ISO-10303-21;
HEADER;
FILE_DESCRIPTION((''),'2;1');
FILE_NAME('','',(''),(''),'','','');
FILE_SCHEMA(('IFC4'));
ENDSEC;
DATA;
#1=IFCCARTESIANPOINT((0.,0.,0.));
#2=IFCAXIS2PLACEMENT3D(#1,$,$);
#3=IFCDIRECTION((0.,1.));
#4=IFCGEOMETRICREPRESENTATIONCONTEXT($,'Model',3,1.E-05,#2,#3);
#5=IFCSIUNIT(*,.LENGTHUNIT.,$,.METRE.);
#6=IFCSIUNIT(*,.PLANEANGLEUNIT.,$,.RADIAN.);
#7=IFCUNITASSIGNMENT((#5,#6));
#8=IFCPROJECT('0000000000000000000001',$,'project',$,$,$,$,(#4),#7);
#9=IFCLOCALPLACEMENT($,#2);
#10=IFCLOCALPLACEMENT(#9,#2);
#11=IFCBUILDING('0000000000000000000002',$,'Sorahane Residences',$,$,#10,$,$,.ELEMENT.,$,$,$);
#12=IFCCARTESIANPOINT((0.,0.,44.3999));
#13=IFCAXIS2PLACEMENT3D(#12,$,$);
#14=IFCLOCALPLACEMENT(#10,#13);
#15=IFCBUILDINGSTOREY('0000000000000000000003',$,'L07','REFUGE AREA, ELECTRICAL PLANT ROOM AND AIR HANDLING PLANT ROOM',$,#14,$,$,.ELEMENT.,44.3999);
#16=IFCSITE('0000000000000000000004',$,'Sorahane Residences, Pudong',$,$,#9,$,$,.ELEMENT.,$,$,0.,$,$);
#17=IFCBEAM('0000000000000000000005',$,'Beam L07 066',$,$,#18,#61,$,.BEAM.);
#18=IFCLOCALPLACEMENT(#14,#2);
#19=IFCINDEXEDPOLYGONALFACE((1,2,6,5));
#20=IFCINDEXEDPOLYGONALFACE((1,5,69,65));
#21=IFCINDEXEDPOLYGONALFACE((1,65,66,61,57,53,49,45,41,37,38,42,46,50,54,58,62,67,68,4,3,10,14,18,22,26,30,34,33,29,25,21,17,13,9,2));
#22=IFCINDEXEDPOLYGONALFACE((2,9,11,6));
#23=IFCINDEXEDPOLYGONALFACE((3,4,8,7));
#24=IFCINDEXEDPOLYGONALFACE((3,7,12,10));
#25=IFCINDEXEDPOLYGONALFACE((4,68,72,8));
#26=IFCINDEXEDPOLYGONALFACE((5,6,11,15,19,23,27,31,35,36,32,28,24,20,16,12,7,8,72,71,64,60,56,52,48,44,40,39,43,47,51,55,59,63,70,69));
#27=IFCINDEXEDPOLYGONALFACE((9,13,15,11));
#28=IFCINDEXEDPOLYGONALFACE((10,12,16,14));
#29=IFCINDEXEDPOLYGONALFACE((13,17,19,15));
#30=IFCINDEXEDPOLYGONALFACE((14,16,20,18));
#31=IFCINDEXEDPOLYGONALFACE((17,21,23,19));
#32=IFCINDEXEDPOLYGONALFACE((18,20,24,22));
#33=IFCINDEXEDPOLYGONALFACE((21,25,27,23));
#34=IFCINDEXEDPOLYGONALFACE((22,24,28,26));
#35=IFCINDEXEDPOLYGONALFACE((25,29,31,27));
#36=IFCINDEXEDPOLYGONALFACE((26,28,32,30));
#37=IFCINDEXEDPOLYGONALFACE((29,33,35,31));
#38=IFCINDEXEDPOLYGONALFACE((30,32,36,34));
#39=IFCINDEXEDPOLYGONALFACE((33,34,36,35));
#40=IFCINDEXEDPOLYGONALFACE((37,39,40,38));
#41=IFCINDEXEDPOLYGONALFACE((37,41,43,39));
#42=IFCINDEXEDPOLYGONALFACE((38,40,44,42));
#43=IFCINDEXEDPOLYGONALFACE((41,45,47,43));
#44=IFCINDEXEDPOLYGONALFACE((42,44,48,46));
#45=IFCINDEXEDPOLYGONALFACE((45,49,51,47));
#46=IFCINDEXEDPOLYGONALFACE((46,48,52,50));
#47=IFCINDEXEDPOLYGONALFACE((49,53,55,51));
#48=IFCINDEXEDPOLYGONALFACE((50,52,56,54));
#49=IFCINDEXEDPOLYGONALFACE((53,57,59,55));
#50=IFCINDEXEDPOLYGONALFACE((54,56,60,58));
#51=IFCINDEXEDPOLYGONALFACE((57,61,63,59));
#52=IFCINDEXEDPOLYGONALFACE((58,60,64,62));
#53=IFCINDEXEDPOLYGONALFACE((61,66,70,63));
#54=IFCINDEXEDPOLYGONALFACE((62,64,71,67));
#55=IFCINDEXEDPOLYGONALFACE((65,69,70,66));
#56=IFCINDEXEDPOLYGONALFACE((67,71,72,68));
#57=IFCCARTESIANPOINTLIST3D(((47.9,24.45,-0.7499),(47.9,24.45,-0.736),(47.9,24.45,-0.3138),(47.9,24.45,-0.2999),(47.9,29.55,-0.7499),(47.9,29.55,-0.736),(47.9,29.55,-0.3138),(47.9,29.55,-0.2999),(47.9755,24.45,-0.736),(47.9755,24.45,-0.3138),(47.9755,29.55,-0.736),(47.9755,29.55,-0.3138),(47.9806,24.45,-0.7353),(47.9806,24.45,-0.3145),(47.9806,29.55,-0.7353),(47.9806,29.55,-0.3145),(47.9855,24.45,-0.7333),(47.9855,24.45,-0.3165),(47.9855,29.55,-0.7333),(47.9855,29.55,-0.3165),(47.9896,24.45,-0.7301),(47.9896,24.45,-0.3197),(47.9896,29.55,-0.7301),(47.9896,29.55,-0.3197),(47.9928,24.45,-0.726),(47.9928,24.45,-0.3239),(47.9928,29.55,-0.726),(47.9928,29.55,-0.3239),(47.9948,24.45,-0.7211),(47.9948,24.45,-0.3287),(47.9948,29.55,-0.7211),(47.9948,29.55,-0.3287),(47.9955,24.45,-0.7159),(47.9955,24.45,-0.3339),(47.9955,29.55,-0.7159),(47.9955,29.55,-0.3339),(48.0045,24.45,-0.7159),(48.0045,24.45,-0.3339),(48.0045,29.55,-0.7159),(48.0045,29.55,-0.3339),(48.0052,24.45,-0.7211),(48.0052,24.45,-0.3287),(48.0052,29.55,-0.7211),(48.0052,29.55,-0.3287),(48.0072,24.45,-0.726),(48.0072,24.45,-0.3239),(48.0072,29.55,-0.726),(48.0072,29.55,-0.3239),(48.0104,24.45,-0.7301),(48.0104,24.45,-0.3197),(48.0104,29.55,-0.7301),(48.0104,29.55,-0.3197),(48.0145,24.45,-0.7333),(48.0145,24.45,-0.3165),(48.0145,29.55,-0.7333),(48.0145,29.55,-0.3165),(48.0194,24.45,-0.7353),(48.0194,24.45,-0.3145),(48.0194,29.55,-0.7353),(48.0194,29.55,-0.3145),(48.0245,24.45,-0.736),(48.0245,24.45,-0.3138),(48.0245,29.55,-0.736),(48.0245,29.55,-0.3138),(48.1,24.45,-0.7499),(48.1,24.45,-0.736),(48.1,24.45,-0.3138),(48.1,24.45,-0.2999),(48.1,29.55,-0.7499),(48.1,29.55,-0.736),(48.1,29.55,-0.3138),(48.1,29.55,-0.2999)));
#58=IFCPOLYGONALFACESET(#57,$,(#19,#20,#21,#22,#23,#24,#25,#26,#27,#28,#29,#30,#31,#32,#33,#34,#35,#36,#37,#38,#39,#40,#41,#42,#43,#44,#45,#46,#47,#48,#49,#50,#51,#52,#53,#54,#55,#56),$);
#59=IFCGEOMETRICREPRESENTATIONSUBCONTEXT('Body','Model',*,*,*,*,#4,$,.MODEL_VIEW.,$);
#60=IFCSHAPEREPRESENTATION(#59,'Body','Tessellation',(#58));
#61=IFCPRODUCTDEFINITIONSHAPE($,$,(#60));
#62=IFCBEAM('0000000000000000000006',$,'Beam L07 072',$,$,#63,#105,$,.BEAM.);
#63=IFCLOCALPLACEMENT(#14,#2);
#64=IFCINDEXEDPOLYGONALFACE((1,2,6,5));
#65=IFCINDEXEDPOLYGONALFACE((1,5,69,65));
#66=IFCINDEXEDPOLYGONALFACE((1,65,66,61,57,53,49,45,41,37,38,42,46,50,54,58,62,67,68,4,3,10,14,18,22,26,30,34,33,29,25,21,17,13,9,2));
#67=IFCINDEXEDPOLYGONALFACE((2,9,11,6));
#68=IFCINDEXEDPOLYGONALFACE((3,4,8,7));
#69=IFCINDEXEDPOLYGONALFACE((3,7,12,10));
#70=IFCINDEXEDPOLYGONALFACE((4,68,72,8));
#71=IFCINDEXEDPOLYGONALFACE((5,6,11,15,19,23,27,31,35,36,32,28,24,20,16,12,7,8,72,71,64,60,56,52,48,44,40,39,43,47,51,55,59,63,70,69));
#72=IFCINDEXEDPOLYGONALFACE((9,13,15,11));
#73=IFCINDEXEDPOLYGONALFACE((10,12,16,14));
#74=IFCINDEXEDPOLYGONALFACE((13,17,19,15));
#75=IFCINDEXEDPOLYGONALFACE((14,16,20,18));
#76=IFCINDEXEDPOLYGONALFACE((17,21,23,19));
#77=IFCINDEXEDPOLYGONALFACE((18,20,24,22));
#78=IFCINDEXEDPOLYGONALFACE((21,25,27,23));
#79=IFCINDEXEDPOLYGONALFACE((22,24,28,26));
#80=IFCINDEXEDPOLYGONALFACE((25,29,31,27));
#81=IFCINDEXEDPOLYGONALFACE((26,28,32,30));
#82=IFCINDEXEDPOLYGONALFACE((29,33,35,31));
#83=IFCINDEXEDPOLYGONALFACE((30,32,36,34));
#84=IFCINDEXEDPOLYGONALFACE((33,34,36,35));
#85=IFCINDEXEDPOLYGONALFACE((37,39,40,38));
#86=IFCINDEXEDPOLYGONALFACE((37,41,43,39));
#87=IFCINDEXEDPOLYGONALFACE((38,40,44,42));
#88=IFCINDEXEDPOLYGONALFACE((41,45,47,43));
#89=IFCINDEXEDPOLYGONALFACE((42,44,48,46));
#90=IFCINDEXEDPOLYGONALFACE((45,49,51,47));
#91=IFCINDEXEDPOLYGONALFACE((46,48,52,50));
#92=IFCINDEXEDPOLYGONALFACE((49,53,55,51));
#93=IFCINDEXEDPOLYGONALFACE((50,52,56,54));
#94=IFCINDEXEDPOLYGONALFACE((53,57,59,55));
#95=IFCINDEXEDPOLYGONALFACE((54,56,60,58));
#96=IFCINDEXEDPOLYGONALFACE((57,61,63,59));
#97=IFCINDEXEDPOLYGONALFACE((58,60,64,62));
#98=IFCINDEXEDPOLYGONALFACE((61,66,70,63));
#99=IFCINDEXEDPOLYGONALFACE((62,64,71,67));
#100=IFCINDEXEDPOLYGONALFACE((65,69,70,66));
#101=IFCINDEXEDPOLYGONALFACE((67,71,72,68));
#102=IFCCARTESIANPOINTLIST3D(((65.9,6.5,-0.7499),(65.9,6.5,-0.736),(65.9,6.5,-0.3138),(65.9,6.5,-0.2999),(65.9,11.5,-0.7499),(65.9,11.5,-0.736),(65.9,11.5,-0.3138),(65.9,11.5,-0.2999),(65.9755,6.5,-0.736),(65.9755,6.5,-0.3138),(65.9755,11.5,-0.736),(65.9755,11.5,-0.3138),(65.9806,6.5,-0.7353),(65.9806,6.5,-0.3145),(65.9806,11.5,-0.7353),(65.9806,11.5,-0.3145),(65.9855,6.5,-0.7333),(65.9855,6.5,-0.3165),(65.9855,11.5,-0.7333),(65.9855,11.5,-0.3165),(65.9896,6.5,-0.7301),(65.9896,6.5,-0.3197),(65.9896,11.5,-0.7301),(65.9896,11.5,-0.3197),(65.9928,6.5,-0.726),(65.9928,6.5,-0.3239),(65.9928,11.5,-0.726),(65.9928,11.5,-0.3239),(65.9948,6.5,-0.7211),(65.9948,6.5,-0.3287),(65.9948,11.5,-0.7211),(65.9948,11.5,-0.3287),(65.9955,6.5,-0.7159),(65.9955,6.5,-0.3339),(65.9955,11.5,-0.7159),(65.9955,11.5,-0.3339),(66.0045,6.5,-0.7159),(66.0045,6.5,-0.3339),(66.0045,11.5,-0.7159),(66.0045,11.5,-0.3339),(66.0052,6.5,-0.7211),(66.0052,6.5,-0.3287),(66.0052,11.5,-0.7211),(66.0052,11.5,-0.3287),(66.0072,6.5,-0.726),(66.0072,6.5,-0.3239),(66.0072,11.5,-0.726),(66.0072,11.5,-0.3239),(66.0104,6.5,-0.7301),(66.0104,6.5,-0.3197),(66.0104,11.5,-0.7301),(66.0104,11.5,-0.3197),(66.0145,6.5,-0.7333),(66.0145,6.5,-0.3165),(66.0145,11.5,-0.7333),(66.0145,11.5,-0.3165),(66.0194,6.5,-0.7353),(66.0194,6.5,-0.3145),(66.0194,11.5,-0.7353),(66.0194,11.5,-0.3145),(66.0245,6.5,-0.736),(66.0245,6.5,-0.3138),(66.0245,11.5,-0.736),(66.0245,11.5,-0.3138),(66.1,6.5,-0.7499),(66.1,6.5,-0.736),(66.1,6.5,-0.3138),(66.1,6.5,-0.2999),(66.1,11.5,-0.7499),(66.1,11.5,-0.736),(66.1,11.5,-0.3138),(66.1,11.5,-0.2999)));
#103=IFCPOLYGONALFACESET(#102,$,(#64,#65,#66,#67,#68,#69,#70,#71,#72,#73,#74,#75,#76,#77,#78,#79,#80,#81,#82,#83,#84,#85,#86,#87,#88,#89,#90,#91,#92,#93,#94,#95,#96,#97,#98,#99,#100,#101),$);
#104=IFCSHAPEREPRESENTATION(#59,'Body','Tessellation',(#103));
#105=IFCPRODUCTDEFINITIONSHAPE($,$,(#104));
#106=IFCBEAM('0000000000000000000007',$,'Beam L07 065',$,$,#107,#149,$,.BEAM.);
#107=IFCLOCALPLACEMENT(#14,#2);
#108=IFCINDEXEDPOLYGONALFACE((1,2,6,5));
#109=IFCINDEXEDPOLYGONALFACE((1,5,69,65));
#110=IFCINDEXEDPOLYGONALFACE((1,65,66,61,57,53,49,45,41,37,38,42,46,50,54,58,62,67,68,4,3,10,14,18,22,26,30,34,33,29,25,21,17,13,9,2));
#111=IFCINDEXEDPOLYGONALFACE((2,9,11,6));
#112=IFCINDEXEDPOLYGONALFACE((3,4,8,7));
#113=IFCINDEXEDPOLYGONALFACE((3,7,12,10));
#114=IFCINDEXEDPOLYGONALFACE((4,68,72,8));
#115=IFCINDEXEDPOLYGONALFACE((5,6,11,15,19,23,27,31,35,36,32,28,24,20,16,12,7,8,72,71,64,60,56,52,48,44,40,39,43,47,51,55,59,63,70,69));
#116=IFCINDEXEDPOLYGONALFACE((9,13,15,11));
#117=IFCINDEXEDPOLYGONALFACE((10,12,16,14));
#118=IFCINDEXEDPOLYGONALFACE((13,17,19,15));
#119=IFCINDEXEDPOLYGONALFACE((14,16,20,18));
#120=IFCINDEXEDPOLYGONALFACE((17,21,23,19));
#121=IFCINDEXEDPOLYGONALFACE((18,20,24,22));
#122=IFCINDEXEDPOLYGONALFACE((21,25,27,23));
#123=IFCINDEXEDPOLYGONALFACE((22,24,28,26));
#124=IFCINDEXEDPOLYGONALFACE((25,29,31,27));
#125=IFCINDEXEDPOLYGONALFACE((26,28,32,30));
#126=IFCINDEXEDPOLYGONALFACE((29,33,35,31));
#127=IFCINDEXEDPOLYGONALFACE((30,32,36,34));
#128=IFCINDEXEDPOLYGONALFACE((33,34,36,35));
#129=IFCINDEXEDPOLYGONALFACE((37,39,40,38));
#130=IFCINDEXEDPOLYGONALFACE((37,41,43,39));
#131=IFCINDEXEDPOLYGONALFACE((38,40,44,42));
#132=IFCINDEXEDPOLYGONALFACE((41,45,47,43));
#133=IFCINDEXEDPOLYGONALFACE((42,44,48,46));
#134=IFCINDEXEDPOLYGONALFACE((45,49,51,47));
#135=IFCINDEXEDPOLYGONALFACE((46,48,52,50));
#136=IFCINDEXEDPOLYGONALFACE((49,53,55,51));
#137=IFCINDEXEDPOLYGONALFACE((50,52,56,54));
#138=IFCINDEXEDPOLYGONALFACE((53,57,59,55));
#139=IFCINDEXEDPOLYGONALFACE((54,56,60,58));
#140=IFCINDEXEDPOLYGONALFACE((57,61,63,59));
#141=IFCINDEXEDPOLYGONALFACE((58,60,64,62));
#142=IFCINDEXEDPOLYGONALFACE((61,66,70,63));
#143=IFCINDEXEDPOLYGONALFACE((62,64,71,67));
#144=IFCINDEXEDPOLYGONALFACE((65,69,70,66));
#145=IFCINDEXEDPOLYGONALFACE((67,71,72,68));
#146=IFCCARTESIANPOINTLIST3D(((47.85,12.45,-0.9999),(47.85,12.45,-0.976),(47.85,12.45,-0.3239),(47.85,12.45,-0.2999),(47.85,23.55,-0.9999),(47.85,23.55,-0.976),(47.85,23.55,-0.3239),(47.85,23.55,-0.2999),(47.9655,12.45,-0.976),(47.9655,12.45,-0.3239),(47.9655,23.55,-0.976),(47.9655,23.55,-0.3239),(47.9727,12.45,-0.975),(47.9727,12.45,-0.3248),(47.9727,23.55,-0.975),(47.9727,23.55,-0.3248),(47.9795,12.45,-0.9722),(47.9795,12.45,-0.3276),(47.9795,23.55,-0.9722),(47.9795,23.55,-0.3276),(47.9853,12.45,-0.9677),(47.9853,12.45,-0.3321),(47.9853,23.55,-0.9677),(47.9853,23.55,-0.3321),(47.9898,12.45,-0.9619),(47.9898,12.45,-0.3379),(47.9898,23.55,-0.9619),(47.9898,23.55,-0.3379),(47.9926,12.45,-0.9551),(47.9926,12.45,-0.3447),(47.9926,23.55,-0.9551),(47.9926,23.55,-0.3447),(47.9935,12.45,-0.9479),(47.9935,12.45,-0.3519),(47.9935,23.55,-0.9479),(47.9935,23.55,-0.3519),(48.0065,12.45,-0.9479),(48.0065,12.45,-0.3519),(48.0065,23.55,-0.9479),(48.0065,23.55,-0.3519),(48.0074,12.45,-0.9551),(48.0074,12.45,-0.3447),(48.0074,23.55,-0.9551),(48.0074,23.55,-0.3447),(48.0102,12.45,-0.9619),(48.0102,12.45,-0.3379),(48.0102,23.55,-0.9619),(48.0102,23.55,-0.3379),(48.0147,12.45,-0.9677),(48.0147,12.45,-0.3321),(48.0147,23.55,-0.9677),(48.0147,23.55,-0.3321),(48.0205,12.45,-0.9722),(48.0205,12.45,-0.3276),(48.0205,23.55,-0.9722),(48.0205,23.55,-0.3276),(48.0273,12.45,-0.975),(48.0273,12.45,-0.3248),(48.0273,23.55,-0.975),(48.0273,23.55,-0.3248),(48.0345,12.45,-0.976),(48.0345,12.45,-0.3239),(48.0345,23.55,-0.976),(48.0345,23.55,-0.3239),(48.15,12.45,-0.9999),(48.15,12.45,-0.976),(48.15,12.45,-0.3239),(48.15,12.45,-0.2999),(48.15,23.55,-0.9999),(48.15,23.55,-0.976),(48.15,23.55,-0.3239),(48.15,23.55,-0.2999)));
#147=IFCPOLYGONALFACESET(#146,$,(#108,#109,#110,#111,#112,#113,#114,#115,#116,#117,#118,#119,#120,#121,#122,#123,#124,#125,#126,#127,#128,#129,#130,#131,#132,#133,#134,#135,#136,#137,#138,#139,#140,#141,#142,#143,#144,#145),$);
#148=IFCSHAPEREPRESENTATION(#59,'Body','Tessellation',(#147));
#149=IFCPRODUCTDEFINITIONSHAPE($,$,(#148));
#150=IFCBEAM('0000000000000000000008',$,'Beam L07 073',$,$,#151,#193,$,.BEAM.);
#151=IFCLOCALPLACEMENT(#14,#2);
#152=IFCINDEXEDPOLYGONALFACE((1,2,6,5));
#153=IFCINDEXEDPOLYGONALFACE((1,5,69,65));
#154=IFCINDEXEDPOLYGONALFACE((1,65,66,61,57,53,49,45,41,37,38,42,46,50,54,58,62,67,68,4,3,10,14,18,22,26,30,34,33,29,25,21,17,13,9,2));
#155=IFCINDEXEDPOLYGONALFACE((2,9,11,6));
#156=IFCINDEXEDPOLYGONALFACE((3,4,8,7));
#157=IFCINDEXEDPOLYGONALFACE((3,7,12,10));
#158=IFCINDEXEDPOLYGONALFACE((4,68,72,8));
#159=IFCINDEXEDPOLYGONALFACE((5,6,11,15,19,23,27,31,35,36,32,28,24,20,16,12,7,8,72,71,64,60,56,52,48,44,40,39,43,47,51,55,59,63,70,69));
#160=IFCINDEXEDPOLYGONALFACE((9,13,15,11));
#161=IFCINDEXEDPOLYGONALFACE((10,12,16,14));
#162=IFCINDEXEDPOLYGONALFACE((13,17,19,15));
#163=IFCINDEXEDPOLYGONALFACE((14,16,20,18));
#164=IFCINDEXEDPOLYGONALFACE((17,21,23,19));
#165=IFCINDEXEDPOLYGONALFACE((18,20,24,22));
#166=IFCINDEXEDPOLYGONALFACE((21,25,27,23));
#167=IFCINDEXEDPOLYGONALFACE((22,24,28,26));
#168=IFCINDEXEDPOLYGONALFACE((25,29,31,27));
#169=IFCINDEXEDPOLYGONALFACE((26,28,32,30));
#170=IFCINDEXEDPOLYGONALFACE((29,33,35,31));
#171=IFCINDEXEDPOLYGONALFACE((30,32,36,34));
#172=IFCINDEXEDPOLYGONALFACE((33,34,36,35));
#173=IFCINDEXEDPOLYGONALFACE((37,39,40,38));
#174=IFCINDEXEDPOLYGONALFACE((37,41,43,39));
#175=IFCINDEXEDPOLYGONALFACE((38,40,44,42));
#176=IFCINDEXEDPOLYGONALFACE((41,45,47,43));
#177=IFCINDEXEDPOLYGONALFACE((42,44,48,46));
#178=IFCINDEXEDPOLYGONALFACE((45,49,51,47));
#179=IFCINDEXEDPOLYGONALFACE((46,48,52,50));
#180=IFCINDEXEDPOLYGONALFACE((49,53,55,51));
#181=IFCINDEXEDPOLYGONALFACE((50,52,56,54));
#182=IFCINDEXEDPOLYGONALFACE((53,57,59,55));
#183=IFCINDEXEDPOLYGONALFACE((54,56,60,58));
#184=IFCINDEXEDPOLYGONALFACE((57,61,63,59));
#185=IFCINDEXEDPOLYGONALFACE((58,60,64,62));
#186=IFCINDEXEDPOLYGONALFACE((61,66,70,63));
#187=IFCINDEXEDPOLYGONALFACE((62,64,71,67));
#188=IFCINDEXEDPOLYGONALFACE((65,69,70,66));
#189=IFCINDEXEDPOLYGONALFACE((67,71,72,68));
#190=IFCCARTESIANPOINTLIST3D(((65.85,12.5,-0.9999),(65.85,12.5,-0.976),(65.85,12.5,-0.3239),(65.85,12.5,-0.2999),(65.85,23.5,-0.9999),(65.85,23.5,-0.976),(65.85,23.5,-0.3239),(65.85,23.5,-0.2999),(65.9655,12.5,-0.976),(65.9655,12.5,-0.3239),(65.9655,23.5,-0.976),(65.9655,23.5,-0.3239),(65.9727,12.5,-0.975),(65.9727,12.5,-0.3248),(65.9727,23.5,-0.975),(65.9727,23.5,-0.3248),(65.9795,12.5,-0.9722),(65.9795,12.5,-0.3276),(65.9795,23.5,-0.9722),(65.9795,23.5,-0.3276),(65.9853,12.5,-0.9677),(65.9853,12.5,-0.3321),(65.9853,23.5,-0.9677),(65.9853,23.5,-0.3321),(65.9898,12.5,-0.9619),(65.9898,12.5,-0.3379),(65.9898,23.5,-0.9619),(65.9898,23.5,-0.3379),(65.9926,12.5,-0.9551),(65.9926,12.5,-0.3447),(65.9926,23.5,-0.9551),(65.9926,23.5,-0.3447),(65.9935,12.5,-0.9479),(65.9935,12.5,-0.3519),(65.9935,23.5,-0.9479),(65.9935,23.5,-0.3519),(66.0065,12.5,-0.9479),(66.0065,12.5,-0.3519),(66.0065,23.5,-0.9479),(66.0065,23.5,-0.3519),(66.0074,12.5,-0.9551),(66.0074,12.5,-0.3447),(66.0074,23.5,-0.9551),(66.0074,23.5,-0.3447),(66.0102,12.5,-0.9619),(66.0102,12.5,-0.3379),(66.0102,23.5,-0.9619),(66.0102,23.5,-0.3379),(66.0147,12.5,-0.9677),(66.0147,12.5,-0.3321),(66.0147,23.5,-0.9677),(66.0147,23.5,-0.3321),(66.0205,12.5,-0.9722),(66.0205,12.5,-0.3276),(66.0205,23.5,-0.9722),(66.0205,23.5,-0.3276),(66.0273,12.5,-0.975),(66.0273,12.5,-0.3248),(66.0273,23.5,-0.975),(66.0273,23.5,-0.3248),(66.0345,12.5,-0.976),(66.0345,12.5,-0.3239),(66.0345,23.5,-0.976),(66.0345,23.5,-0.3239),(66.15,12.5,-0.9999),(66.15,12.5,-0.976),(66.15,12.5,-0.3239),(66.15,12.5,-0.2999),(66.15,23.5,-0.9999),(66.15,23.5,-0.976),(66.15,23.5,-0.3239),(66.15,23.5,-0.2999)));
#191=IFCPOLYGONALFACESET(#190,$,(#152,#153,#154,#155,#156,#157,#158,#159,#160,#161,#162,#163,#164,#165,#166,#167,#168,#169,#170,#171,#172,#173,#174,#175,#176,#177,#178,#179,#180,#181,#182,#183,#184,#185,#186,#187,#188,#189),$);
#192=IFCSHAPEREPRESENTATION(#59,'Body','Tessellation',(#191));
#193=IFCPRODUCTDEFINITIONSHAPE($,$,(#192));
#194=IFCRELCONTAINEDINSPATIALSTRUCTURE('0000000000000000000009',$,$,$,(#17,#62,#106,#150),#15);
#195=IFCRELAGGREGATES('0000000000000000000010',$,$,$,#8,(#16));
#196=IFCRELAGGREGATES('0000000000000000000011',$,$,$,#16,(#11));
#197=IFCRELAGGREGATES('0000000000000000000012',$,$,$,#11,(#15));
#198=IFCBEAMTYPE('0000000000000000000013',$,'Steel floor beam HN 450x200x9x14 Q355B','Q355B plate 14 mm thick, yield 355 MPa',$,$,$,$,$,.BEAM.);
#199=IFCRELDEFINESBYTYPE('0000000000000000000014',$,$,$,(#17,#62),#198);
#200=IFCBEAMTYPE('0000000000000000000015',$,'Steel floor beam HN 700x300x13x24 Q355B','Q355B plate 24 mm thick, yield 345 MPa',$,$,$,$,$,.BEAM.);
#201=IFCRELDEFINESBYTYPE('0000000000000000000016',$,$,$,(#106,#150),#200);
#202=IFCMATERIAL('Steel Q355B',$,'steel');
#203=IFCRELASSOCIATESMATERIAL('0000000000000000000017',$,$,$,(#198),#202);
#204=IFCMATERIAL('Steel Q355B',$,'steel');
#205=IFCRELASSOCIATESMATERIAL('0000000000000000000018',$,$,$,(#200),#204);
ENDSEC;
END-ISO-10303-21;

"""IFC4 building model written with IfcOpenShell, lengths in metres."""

from ifc_helpers import new_model, si_unit, direction, frame, origin, origin_2d, place, context, subcontext, project, spatial, i_section, extrude, material, material_profile, profile_set, type_object, element, save


model = new_model("IFC4")

# Units and contexts
model_context = context("Model", 3, precision=1e-05, world=origin(), true_north=direction((0.0, 1.0)))
body_context = subcontext(model_context, "Body", "Model", "MODEL_VIEW")
ifc_project = project(units=[si_unit("LENGTHUNIT", "METRE"), si_unit("PLANEANGLEUNIT", "RADIAN")], contexts=[model_context])

# Site, building, storey
site_placement = place(None, origin())
site = spatial("IfcSite", under=ifc_project, at=site_placement, Name="Sorahane Residences, Pudong", CompositionType="ELEMENT", RefElevation=0.0)
building_placement = place(site_placement, origin())
building = spatial("IfcBuilding", under=site, at=building_placement, Name="Sorahane Residences", CompositionType="ELEMENT")
storey_placement = place(building_placement, frame((0.0, 0.0, 44.3999)))
storey = spatial("IfcBuildingStorey", under=building, at=storey_placement, Name="L07", Description="REFUGE AREA, ELECTRICAL PLANT ROOM AND AIR HANDLING PLANT ROOM", CompositionType="ELEMENT", Elevation=44.3999)

# Beams
ifc_material_1 = material(Name="Steel Q355B", Category="steel")
ifc_material_profile_1 = material_profile(ifc_material_1, i_section(OverallWidth=0.2, OverallDepth=0.45, WebThickness=0.009, FlangeThickness=0.0139, FilletRadius=0.02, at=origin_2d()), Name="HN 450x200x9x14")
ifc_profile_set_1 = profile_set([ifc_material_profile_1], Name="Steel Q355B")
beam_type_1 = type_object("IfcBeamType", Name="Steel floor beam HN 450x200x9x14 Q355B", Description="Q355B plate 14 mm thick, yield 355 MPa", PredefinedType="BEAM", material=ifc_profile_set_1)
beam_1_placement = place(storey_placement, frame((48.0, 24.45, -0.5249), z_axis=(0.0, 1.0, 0.0), x_axis=(-1.0, 0.0, 0.0)))
element("IfcBeam", 1, at=beam_1_placement, inside=storey, type_object=beam_type_1, Name="Beam L07 066", PredefinedType="BEAM", context=body_context, shape_type="SweptSolid", body=[
    extrude(i_section(OverallWidth=0.2, OverallDepth=0.45, WebThickness=0.009, FlangeThickness=0.0139, FilletRadius=0.02, at=origin_2d()), origin(), (0.0, 0.0, 1.0), 5.1001),
])
beam_2_placement = place(storey_placement, frame((66.0, 6.5, -0.5249), z_axis=(0.0, 1.0, 0.0), x_axis=(-1.0, 0.0, 0.0)))
element("IfcBeam", 2, at=beam_2_placement, inside=storey, type_object=beam_type_1, Name="Beam L07 072", PredefinedType="BEAM", context=body_context, shape_type="SweptSolid", body=[
    extrude(i_section(OverallWidth=0.2, OverallDepth=0.45, WebThickness=0.009, FlangeThickness=0.0139, FilletRadius=0.02, at=origin_2d()), origin(), (0.0, 0.0, 1.0), 5.0),
])
ifc_material_2 = material(Name="Steel Q355B", Category="steel")
ifc_material_profile_2 = material_profile(ifc_material_2, i_section(OverallWidth=0.3, OverallDepth=0.7, WebThickness=0.0129, FlangeThickness=0.0239, FilletRadius=0.0281, at=origin_2d()), Name="HN 700x300x13x24")
ifc_profile_set_2 = profile_set([ifc_material_profile_2], Name="Steel Q355B")
beam_type_2 = type_object("IfcBeamType", Name="Steel floor beam HN 700x300x13x24 Q355B", Description="Q355B plate 24 mm thick, yield 345 MPa", PredefinedType="BEAM", material=ifc_profile_set_2)
beam_3_placement = place(storey_placement, frame((48.0, 12.45, -0.6499), z_axis=(0.0, 1.0, 0.0), x_axis=(-1.0, 0.0, 0.0)))
element("IfcBeam", 3, at=beam_3_placement, inside=storey, type_object=beam_type_2, Name="Beam L07 065", PredefinedType="BEAM", context=body_context, shape_type="SweptSolid", body=[
    extrude(i_section(OverallWidth=0.3, OverallDepth=0.7, WebThickness=0.0129, FlangeThickness=0.0239, FilletRadius=0.0281, at=origin_2d()), origin(), (0.0, 0.0, 1.0), 11.1001),
])
for number, where, z_axis, x_axis, name in (
    (4, (66.0, 12.5, -0.6499), (0.0, 1.0, 0.0), (-1.0, 0.0, 0.0), "Beam L07 073"),
):
    element("IfcBeam", number, at=place(storey_placement, frame(where, z_axis=z_axis, x_axis=x_axis)), inside=storey, type_object=beam_type_2, Name=name, PredefinedType="BEAM", context=body_context, shape_type="SweptSolid", body=[
        extrude(i_section(OverallWidth=0.3, OverallDepth=0.7, WebThickness=0.0129, FlangeThickness=0.0239, FilletRadius=0.0281, at=origin_2d()), origin(), (0.0, 0.0, 1.0), 11.0),
    ])

save(model, "model.ifc")
